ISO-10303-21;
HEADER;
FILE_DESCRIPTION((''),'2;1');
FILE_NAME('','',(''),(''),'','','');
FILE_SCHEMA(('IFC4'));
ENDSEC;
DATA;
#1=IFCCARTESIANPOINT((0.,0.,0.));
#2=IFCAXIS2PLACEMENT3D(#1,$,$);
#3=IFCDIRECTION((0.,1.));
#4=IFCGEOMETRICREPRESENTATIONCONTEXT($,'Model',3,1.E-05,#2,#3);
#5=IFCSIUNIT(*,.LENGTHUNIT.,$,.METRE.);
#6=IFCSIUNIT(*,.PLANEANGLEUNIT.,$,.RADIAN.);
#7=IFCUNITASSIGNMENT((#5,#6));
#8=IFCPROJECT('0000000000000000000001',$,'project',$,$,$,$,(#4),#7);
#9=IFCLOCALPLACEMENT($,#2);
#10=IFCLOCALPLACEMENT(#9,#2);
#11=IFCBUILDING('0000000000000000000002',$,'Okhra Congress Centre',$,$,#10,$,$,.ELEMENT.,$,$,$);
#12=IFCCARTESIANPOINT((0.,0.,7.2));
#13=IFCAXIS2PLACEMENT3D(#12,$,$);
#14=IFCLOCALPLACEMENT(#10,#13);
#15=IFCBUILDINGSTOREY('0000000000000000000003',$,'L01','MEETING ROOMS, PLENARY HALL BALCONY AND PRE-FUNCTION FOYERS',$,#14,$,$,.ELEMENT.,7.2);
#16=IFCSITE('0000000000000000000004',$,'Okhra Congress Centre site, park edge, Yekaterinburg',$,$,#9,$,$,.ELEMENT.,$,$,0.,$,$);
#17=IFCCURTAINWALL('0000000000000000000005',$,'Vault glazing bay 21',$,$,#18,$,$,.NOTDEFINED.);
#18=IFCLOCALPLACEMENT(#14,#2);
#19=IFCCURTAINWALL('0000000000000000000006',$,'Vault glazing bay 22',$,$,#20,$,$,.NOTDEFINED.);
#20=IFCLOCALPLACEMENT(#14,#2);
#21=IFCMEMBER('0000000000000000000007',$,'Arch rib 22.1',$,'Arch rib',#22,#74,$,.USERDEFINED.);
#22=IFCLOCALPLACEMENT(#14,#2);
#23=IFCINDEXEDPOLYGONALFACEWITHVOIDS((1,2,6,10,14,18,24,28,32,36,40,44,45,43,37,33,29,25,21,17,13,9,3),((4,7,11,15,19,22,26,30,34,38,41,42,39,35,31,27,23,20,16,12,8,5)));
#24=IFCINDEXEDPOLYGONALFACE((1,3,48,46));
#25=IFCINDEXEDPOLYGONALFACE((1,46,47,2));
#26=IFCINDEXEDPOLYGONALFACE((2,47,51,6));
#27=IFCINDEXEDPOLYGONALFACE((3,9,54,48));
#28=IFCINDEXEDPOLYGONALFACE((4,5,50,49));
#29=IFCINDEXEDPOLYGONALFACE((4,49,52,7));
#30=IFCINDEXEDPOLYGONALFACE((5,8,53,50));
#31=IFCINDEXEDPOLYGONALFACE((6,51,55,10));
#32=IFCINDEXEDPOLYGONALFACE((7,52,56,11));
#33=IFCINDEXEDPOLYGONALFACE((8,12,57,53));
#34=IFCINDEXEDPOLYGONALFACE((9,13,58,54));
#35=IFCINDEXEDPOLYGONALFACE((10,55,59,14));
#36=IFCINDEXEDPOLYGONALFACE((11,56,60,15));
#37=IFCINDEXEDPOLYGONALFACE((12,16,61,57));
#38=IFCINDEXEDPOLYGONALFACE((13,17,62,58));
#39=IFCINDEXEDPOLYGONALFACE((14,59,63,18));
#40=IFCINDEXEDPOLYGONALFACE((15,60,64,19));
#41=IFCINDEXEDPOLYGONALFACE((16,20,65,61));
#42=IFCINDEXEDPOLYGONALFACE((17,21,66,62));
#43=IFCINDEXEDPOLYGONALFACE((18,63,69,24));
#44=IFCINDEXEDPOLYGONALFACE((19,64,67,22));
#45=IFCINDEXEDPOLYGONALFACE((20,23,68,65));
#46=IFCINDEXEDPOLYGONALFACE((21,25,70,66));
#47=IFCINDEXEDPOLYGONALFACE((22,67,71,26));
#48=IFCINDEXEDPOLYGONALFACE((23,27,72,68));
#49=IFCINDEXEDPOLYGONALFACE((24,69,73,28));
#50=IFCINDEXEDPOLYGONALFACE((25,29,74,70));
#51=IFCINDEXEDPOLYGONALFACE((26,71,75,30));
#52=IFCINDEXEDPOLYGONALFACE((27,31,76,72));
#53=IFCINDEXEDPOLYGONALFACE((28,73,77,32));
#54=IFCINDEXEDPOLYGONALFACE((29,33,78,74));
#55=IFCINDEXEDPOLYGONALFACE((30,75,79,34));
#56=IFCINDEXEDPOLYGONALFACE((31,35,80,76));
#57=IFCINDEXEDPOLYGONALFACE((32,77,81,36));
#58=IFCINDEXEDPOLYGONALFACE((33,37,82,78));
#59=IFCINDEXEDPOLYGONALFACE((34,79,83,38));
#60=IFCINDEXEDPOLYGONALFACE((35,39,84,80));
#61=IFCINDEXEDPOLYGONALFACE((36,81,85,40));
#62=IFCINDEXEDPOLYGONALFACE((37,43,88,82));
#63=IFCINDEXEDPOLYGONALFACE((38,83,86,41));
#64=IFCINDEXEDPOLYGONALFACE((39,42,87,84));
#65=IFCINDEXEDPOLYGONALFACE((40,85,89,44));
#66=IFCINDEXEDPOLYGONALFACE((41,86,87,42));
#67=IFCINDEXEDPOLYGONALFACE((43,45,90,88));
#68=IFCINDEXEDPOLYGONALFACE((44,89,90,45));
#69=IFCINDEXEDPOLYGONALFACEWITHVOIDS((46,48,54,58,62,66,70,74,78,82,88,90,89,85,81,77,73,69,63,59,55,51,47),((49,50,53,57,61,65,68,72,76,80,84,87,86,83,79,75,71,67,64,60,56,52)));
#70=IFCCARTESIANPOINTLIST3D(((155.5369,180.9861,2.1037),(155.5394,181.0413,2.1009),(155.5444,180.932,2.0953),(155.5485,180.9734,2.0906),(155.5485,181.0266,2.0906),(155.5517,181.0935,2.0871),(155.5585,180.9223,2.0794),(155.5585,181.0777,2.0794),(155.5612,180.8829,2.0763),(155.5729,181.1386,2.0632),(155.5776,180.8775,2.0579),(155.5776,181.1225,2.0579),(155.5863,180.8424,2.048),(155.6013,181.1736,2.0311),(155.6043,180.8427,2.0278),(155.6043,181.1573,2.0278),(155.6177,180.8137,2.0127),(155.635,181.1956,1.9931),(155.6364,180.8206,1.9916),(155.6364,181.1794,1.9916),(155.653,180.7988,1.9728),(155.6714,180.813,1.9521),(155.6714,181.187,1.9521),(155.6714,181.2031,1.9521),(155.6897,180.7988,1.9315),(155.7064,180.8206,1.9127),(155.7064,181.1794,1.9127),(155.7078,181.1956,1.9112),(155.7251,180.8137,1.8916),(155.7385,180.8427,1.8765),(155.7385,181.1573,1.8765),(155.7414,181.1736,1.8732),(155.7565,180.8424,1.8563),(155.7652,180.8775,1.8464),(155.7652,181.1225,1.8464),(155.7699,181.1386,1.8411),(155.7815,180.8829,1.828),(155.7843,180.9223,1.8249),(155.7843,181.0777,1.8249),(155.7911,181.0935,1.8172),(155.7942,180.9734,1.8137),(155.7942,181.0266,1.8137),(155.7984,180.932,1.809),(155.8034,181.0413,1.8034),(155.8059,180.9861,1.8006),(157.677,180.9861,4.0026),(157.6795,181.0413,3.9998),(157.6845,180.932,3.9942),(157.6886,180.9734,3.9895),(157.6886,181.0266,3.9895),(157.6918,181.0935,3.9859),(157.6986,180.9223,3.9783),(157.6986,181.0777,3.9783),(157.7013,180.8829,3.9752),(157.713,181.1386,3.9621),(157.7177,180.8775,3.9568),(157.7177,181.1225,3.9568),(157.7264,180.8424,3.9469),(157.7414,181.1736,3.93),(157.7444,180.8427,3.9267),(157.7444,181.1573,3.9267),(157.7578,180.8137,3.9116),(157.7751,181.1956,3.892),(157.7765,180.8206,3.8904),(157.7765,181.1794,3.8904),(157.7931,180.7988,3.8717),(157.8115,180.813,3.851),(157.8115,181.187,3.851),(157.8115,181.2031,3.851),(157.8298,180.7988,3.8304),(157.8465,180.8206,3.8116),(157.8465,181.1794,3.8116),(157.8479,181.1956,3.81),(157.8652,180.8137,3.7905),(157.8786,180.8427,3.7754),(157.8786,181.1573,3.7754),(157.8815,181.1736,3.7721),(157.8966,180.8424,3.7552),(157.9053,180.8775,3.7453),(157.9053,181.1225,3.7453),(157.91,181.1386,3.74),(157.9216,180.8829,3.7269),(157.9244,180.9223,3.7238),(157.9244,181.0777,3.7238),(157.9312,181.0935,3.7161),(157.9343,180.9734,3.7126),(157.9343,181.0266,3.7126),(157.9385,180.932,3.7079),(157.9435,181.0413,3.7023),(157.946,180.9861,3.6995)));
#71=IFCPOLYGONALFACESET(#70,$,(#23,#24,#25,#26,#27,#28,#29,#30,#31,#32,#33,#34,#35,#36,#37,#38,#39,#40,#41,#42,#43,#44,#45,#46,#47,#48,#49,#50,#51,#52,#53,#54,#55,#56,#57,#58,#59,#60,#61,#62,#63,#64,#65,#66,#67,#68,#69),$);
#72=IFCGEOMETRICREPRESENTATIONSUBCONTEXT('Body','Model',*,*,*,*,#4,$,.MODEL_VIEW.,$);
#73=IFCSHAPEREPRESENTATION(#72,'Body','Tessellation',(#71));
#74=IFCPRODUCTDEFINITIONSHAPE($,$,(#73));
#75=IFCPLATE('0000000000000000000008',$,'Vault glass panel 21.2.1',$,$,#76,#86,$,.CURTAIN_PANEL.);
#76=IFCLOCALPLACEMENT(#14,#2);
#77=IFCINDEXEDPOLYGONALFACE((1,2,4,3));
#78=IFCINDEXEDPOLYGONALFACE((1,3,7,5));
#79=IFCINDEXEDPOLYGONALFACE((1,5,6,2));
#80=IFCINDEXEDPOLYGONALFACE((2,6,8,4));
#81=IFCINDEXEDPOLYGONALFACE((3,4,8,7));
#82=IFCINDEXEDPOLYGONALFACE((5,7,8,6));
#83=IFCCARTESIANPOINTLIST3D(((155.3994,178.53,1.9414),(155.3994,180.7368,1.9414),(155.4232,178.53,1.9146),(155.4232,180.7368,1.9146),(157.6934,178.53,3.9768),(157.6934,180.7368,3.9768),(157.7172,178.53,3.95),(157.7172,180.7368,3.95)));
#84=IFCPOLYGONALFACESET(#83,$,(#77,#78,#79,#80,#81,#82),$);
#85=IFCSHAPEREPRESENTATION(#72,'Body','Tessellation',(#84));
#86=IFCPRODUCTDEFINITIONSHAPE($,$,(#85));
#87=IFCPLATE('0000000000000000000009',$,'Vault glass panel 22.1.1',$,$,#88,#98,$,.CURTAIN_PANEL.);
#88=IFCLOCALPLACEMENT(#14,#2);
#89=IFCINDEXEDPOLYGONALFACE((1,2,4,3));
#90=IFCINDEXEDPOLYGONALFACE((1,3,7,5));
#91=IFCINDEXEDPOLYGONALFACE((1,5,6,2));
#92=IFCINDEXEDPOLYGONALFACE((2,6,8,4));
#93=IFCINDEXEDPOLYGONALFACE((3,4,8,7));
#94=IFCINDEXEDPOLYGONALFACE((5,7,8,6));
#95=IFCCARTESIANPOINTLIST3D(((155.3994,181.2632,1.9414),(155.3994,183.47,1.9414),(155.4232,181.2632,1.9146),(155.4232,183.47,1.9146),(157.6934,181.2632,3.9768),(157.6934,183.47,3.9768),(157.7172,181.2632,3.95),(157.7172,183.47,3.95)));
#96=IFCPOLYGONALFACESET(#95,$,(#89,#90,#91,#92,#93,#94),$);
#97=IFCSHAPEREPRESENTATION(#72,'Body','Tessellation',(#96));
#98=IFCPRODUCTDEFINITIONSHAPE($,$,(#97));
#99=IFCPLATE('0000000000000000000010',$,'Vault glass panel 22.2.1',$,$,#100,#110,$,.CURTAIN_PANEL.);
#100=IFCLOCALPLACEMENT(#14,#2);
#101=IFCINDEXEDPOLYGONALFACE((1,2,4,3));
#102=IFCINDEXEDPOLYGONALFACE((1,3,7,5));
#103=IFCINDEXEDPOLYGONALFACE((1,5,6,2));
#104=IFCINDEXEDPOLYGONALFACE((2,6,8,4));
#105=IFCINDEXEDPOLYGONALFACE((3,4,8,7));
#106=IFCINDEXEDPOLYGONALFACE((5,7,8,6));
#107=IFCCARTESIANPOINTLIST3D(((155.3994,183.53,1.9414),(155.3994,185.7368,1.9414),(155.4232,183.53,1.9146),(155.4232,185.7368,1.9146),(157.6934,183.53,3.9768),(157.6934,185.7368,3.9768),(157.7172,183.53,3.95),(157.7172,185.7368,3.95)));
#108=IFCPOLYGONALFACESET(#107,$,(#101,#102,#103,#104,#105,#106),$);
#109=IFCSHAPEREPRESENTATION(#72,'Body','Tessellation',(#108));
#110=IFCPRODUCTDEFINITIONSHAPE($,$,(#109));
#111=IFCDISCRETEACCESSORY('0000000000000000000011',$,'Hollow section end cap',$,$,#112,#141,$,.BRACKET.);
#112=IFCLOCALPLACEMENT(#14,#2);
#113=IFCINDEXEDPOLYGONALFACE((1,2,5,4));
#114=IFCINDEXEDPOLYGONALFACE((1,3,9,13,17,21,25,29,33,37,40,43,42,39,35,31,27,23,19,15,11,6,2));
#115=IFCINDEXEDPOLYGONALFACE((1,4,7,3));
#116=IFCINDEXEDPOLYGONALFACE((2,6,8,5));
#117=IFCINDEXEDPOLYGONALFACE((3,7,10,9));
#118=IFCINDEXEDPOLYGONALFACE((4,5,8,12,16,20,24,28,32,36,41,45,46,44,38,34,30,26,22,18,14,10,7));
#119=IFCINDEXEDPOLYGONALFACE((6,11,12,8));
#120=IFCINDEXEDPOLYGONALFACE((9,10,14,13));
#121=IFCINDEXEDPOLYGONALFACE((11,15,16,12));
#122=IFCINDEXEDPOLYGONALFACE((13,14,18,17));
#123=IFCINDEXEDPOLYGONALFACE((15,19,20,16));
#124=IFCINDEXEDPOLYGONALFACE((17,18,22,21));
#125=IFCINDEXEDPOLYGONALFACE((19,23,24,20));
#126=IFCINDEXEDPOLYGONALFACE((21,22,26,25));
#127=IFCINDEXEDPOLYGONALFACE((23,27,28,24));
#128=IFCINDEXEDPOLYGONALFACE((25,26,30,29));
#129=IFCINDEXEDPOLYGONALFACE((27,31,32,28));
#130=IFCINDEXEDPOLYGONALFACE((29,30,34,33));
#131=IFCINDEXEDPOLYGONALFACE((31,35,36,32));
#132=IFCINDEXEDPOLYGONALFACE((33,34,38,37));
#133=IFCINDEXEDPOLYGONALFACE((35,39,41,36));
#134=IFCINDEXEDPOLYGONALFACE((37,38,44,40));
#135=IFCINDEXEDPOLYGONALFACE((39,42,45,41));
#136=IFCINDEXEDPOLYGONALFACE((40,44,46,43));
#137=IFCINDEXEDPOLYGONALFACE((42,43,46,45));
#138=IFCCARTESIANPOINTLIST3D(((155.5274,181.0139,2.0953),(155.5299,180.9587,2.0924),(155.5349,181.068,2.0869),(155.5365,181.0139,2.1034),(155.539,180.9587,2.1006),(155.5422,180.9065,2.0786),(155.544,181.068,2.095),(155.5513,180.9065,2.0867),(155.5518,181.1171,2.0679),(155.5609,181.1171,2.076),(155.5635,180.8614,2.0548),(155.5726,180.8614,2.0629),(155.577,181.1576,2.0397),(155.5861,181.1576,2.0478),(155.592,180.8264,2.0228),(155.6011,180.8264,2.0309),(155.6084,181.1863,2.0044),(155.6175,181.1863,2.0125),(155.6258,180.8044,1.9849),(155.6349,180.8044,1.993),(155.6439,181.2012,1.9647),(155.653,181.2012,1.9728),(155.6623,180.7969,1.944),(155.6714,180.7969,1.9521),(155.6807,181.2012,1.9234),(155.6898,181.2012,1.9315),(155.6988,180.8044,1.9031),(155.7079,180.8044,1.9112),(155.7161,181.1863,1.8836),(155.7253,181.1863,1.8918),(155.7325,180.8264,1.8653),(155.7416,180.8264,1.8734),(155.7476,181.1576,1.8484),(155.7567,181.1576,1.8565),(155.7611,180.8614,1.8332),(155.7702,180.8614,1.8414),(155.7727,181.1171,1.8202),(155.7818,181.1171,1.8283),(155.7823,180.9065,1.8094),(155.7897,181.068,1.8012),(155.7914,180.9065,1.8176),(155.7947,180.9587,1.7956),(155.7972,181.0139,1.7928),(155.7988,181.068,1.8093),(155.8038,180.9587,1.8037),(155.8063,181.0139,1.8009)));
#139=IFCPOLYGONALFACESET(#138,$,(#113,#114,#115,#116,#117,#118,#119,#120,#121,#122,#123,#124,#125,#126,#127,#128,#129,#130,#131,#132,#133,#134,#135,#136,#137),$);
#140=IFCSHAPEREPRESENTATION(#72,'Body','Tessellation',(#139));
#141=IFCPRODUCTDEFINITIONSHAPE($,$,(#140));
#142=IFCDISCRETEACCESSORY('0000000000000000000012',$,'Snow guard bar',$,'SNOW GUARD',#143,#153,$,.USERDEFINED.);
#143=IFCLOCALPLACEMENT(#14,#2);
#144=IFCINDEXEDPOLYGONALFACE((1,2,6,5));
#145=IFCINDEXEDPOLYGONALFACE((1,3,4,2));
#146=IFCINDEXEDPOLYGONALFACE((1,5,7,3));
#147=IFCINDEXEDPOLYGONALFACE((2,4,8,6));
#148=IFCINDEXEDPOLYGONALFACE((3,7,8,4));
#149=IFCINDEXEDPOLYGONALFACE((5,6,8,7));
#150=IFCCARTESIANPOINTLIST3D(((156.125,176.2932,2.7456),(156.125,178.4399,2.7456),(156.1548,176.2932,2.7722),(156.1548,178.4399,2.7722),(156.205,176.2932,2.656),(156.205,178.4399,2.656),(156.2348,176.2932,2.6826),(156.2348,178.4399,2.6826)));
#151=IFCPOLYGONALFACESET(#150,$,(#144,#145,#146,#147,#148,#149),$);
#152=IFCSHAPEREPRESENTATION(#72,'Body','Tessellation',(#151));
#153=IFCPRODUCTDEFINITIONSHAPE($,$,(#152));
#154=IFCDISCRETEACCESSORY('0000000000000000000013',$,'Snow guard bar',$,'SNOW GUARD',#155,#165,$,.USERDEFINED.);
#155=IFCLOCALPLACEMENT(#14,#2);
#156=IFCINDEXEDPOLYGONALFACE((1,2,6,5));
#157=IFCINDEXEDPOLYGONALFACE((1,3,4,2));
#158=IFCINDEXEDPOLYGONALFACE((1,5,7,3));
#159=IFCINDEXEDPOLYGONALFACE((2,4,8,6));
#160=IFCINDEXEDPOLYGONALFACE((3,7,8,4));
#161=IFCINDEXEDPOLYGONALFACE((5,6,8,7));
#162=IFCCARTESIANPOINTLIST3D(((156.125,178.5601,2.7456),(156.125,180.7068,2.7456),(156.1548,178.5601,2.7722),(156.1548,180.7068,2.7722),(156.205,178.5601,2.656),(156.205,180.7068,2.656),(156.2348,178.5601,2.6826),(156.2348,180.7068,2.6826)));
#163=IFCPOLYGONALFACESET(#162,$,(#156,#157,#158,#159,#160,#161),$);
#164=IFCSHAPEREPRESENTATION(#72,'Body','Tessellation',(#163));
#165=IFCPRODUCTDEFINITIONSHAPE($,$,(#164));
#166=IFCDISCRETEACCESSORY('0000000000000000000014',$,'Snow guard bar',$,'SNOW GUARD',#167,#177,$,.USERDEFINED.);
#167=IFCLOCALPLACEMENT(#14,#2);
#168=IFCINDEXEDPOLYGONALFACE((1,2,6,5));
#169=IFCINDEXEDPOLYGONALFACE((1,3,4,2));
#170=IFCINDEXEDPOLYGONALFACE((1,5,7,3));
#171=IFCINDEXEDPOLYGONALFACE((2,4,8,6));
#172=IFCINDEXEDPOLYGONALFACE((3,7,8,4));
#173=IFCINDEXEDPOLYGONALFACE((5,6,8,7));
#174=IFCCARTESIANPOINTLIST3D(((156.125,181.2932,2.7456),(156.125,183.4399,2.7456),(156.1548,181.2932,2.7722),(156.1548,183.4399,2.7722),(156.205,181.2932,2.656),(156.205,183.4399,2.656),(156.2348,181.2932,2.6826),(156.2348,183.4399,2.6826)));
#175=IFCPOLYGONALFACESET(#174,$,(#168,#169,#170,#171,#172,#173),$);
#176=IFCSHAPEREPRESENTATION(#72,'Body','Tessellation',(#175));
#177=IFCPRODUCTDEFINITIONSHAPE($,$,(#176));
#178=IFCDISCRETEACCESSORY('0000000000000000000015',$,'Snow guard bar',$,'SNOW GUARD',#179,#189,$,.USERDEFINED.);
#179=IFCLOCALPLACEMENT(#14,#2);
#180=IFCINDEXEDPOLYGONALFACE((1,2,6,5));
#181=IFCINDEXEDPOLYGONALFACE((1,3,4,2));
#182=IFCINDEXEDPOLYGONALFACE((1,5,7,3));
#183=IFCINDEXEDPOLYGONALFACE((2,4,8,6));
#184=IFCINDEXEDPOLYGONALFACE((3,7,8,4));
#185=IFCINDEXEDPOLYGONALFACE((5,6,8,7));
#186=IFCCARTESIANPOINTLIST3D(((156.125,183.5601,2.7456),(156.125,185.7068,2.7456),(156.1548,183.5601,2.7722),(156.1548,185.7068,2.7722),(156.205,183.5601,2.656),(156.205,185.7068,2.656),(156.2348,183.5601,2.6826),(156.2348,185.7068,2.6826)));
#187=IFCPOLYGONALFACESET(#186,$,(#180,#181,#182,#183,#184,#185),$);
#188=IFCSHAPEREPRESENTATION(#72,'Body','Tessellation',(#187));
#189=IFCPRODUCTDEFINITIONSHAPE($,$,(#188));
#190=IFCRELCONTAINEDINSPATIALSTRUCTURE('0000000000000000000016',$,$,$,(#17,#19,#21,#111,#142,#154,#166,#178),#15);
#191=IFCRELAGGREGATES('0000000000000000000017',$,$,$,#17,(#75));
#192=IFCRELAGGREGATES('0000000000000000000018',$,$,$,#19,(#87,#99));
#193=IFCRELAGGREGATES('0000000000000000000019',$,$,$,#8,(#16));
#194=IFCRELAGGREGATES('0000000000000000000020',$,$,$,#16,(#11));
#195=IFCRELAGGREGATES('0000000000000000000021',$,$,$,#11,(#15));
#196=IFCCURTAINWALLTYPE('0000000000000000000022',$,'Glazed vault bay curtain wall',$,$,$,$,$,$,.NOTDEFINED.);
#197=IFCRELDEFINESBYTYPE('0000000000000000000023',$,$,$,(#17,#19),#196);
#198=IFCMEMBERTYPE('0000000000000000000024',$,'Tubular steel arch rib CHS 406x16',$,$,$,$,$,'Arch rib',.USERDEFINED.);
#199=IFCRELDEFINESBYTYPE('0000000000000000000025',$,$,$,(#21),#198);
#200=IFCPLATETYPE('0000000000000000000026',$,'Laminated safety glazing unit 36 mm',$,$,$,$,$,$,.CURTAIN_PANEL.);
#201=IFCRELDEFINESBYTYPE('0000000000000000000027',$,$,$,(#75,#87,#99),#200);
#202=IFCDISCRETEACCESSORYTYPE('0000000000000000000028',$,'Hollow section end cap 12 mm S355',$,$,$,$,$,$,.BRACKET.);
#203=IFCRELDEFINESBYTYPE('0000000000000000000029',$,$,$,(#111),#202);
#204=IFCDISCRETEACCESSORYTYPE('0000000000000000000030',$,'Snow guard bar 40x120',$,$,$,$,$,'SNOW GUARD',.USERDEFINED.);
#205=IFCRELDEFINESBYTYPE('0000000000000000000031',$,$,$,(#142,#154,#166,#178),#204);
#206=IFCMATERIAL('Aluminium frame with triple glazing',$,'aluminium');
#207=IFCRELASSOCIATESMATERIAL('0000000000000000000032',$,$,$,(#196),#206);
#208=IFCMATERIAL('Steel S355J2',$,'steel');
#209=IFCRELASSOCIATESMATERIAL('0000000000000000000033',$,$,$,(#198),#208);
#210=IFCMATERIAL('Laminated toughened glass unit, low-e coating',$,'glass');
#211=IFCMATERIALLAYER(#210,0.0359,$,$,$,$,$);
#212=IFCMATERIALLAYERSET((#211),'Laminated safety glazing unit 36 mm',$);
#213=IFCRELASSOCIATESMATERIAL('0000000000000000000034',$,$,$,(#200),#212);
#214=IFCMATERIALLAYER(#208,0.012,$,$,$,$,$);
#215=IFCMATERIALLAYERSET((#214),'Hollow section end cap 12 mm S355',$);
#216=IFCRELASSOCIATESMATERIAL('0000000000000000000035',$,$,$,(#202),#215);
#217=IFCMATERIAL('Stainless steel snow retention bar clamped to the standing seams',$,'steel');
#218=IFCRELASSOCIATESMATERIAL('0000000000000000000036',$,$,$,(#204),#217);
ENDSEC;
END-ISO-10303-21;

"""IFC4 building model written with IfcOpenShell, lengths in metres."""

from ifc_helpers import new_model, si_unit, direction, frame, origin, origin_2d, place, context, subcontext, project, spatial, polyline, circle, hollow_circle, outline, extrude, material, layer, layer_set, material_profile, profile_set, type_object, element, aggregate, save


model = new_model("IFC4")

# Units and contexts
model_context = context("Model", 3, precision=1e-05, world=origin(), true_north=direction((0.0, 1.0)))
body_context = subcontext(model_context, "Body", "Model", "MODEL_VIEW")
ifc_project = project(units=[si_unit("LENGTHUNIT", "METRE"), si_unit("PLANEANGLEUNIT", "RADIAN")], contexts=[model_context])

# Site, building, storey
site_placement = place(None, origin())
site = spatial("IfcSite", under=ifc_project, at=site_placement, Name="Okhra Congress Centre site, park edge, Yekaterinburg", CompositionType="ELEMENT", RefElevation=0.0)
building_placement = place(site_placement, origin())
building = spatial("IfcBuilding", under=site, at=building_placement, Name="Okhra Congress Centre", CompositionType="ELEMENT")
storey_placement = place(building_placement, frame((0.0, 0.0, 7.2)))
storey = spatial("IfcBuildingStorey", under=building, at=storey_placement, Name="L01", Description="MEETING ROOMS, PLENARY HALL BALCONY AND PRE-FUNCTION FOYERS", CompositionType="ELEMENT", Elevation=7.2)

# Curtain walls
ifc_material_1 = material(Name="Aluminium frame with triple glazing", Category="aluminium")
curtain_wall_type = type_object("IfcCurtainWallType", Name="Glazed vault bay curtain wall", PredefinedType="NOTDEFINED", material=ifc_material_1)
curtain_wall_1_placement = place(storey_placement, origin())
curtain_wall_1 = element("IfcCurtainWall", 1, at=curtain_wall_1_placement, inside=storey, type_object=curtain_wall_type, Name="Vault glazing bay 21", PredefinedType="NOTDEFINED")
curtain_wall_2_placement = place(storey_placement, origin())
curtain_wall_2 = element("IfcCurtainWall", 2, at=curtain_wall_2_placement, inside=storey, type_object=curtain_wall_type, Name="Vault glazing bay 22", PredefinedType="NOTDEFINED")

# Shared definitions
ifc_material_2 = material(Name="Steel S355J2", Category="steel")

# Member
ifc_material_profile_1 = material_profile(ifc_material_2, hollow_circle(Radius=0.2031, WallThickness=0.0161, at=origin_2d()), Name="CHS 406.4x16")
ifc_profile_set_1 = profile_set([ifc_material_profile_1], Name="Steel S355J2")
member_type_1 = type_object("IfcMemberType", Name="Tubular steel arch rib CHS 406x16", ElementType="Arch rib", PredefinedType="USERDEFINED", material=ifc_profile_set_1)
member_1_placement = place(storey_placement, frame((155.6714, 181.0, 1.9521), z_axis=(0.748002, 0.0, 0.663696), x_axis=(0.0, 1.0, 0.0)))
element("IfcMember", 3, at=member_1_placement, inside=storey, type_object=member_type_1, Name="Arch rib 22.1", ObjectType="Arch rib", PredefinedType="USERDEFINED", context=body_context, shape_type="SweptSolid", body=[
    extrude(hollow_circle(Radius=0.2031, WallThickness=0.0161, at=origin_2d()), origin(), (0.0, 0.0, 1.0), 2.8611),
])

# Plates
ifc_material_3 = material(Name="Laminated toughened glass unit, low-e coating", Category="glass")
ifc_layer_1 = layer(ifc_material_3, 0.0359)
ifc_layer_set_1 = layer_set([ifc_layer_1], Name="Laminated safety glazing unit 36 mm")
plate_type = type_object("IfcPlateType", Name="Laminated safety glazing unit 36 mm", PredefinedType="CURTAIN_PANEL", material=ifc_layer_set_1)
plate_1_placement = place(storey_placement, frame((155.3994, 178.53, 1.9414), z_axis=(-0.663697, 0.0, 0.748002), x_axis=(0.748002, 0.0, 0.663697)))
plate_1 = element("IfcPlate", 4, at=plate_1_placement, type_object=plate_type, Name="Vault glass panel 21.2.1", PredefinedType="CURTAIN_PANEL", context=body_context, shape_type="SweptSolid", body=[
    extrude(outline(polyline([(0.0, 0.0), (3.0668, 0.0), (3.0668, 2.2068), (0.0, 2.2068), (0.0, 0.0)])), origin(), (0.0, 0.0, -1.0), 0.0359),
])
aggregate(curtain_wall_1, [plate_1])
plate_2_placement = place(storey_placement, frame((155.3994, 181.2632, 1.9414), z_axis=(-0.663697, 0.0, 0.748002), x_axis=(0.748002, 0.0, 0.663697)))
plate_2 = element("IfcPlate", 5, at=plate_2_placement, type_object=plate_type, Name="Vault glass panel 22.1.1", PredefinedType="CURTAIN_PANEL", context=body_context, shape_type="SweptSolid", body=[
    extrude(outline(polyline([(0.0, 0.0), (3.0668, 0.0), (3.0668, 2.2068), (0.0, 2.2068), (0.0, 0.0)])), origin(), (0.0, 0.0, -1.0), 0.0359),
])
plate_3_placement = place(storey_placement, frame((155.3994, 183.53, 1.9414), z_axis=(-0.663697, 0.0, 0.748002), x_axis=(0.748002, 0.0, 0.663697)))
plate_3 = element("IfcPlate", 6, at=plate_3_placement, type_object=plate_type, Name="Vault glass panel 22.2.1", PredefinedType="CURTAIN_PANEL", context=body_context, shape_type="SweptSolid", body=[
    extrude(outline(polyline([(0.0, 0.0), (3.0668, 0.0), (3.0668, 2.2068), (0.0, 2.2068), (0.0, 0.0)])), origin(), (0.0, 0.0, -1.0), 0.0359),
])
aggregate(curtain_wall_2, [plate_2, plate_3])

# Discrete accessories
ifc_layer_2 = layer(ifc_material_2, 0.012)
ifc_layer_set_2 = layer_set([ifc_layer_2], Name="Hollow section end cap 12 mm S355")
discrete_accessory_type_1 = type_object("IfcDiscreteAccessoryType", Name="Hollow section end cap 12 mm S355", PredefinedType="BRACKET", material=ifc_layer_set_2)
discrete_accessory_placement = place(storey_placement, frame((155.6714, 181.0, 1.9521), z_axis=(-0.746295, 0.0, -0.665615), x_axis=(0.0, -1.0, 0.0)))
element("IfcDiscreteAccessory", 7, at=discrete_accessory_placement, inside=storey, type_object=discrete_accessory_type_1, Name="Hollow section end cap", PredefinedType="BRACKET", context=body_context, shape_type="SweptSolid", body=[
    extrude(circle(Radius=0.2031, at=origin_2d()), origin(), (0.0, 0.0, 1.0), 0.0122),
])
ifc_material_4 = material(Name="Stainless steel snow retention bar clamped to the standing seams", Category="steel")
discrete_accessory_type_2 = type_object("IfcDiscreteAccessoryType", Name="Snow guard bar 40x120", ElementType="SNOW GUARD", PredefinedType="USERDEFINED", material=ifc_material_4)
for number, where, z_axis, x_axis, name in (
    (8, (156.125, 176.2932, 2.7456), (-0.666259, 0.0, 0.745721), (0.745721, 0.0, 0.666259), "Snow guard bar"),
    (9, (156.125, 178.5601, 2.7456), (-0.666259, 0.0, 0.745721), (0.745721, 0.0, 0.666259), "Snow guard bar"),
    (10, (156.125, 181.2932, 2.7456), (-0.666259, 0.0, 0.745721), (0.745721, 0.0, 0.666259), "Snow guard bar"),
    (11, (156.125, 183.5601, 2.7456), (-0.666259, 0.0, 0.745721), (0.745721, 0.0, 0.666259), "Snow guard bar"),
):
    element("IfcDiscreteAccessory", number, at=place(storey_placement, frame(where, z_axis=z_axis, x_axis=x_axis)), inside=storey, type_object=discrete_accessory_type_2, Name=name, ObjectType="SNOW GUARD", PredefinedType="USERDEFINED", context=body_context, shape_type="SweptSolid", body=[
        extrude(outline(polyline([(0.0, 0.0), (0.0399, 0.0), (0.0399, 2.1467), (0.0, 2.1467), (0.0, 0.0)])), origin(), (0.0, 0.0, -1.0), 0.1201),
    ])

save(model, "model.ifc")
